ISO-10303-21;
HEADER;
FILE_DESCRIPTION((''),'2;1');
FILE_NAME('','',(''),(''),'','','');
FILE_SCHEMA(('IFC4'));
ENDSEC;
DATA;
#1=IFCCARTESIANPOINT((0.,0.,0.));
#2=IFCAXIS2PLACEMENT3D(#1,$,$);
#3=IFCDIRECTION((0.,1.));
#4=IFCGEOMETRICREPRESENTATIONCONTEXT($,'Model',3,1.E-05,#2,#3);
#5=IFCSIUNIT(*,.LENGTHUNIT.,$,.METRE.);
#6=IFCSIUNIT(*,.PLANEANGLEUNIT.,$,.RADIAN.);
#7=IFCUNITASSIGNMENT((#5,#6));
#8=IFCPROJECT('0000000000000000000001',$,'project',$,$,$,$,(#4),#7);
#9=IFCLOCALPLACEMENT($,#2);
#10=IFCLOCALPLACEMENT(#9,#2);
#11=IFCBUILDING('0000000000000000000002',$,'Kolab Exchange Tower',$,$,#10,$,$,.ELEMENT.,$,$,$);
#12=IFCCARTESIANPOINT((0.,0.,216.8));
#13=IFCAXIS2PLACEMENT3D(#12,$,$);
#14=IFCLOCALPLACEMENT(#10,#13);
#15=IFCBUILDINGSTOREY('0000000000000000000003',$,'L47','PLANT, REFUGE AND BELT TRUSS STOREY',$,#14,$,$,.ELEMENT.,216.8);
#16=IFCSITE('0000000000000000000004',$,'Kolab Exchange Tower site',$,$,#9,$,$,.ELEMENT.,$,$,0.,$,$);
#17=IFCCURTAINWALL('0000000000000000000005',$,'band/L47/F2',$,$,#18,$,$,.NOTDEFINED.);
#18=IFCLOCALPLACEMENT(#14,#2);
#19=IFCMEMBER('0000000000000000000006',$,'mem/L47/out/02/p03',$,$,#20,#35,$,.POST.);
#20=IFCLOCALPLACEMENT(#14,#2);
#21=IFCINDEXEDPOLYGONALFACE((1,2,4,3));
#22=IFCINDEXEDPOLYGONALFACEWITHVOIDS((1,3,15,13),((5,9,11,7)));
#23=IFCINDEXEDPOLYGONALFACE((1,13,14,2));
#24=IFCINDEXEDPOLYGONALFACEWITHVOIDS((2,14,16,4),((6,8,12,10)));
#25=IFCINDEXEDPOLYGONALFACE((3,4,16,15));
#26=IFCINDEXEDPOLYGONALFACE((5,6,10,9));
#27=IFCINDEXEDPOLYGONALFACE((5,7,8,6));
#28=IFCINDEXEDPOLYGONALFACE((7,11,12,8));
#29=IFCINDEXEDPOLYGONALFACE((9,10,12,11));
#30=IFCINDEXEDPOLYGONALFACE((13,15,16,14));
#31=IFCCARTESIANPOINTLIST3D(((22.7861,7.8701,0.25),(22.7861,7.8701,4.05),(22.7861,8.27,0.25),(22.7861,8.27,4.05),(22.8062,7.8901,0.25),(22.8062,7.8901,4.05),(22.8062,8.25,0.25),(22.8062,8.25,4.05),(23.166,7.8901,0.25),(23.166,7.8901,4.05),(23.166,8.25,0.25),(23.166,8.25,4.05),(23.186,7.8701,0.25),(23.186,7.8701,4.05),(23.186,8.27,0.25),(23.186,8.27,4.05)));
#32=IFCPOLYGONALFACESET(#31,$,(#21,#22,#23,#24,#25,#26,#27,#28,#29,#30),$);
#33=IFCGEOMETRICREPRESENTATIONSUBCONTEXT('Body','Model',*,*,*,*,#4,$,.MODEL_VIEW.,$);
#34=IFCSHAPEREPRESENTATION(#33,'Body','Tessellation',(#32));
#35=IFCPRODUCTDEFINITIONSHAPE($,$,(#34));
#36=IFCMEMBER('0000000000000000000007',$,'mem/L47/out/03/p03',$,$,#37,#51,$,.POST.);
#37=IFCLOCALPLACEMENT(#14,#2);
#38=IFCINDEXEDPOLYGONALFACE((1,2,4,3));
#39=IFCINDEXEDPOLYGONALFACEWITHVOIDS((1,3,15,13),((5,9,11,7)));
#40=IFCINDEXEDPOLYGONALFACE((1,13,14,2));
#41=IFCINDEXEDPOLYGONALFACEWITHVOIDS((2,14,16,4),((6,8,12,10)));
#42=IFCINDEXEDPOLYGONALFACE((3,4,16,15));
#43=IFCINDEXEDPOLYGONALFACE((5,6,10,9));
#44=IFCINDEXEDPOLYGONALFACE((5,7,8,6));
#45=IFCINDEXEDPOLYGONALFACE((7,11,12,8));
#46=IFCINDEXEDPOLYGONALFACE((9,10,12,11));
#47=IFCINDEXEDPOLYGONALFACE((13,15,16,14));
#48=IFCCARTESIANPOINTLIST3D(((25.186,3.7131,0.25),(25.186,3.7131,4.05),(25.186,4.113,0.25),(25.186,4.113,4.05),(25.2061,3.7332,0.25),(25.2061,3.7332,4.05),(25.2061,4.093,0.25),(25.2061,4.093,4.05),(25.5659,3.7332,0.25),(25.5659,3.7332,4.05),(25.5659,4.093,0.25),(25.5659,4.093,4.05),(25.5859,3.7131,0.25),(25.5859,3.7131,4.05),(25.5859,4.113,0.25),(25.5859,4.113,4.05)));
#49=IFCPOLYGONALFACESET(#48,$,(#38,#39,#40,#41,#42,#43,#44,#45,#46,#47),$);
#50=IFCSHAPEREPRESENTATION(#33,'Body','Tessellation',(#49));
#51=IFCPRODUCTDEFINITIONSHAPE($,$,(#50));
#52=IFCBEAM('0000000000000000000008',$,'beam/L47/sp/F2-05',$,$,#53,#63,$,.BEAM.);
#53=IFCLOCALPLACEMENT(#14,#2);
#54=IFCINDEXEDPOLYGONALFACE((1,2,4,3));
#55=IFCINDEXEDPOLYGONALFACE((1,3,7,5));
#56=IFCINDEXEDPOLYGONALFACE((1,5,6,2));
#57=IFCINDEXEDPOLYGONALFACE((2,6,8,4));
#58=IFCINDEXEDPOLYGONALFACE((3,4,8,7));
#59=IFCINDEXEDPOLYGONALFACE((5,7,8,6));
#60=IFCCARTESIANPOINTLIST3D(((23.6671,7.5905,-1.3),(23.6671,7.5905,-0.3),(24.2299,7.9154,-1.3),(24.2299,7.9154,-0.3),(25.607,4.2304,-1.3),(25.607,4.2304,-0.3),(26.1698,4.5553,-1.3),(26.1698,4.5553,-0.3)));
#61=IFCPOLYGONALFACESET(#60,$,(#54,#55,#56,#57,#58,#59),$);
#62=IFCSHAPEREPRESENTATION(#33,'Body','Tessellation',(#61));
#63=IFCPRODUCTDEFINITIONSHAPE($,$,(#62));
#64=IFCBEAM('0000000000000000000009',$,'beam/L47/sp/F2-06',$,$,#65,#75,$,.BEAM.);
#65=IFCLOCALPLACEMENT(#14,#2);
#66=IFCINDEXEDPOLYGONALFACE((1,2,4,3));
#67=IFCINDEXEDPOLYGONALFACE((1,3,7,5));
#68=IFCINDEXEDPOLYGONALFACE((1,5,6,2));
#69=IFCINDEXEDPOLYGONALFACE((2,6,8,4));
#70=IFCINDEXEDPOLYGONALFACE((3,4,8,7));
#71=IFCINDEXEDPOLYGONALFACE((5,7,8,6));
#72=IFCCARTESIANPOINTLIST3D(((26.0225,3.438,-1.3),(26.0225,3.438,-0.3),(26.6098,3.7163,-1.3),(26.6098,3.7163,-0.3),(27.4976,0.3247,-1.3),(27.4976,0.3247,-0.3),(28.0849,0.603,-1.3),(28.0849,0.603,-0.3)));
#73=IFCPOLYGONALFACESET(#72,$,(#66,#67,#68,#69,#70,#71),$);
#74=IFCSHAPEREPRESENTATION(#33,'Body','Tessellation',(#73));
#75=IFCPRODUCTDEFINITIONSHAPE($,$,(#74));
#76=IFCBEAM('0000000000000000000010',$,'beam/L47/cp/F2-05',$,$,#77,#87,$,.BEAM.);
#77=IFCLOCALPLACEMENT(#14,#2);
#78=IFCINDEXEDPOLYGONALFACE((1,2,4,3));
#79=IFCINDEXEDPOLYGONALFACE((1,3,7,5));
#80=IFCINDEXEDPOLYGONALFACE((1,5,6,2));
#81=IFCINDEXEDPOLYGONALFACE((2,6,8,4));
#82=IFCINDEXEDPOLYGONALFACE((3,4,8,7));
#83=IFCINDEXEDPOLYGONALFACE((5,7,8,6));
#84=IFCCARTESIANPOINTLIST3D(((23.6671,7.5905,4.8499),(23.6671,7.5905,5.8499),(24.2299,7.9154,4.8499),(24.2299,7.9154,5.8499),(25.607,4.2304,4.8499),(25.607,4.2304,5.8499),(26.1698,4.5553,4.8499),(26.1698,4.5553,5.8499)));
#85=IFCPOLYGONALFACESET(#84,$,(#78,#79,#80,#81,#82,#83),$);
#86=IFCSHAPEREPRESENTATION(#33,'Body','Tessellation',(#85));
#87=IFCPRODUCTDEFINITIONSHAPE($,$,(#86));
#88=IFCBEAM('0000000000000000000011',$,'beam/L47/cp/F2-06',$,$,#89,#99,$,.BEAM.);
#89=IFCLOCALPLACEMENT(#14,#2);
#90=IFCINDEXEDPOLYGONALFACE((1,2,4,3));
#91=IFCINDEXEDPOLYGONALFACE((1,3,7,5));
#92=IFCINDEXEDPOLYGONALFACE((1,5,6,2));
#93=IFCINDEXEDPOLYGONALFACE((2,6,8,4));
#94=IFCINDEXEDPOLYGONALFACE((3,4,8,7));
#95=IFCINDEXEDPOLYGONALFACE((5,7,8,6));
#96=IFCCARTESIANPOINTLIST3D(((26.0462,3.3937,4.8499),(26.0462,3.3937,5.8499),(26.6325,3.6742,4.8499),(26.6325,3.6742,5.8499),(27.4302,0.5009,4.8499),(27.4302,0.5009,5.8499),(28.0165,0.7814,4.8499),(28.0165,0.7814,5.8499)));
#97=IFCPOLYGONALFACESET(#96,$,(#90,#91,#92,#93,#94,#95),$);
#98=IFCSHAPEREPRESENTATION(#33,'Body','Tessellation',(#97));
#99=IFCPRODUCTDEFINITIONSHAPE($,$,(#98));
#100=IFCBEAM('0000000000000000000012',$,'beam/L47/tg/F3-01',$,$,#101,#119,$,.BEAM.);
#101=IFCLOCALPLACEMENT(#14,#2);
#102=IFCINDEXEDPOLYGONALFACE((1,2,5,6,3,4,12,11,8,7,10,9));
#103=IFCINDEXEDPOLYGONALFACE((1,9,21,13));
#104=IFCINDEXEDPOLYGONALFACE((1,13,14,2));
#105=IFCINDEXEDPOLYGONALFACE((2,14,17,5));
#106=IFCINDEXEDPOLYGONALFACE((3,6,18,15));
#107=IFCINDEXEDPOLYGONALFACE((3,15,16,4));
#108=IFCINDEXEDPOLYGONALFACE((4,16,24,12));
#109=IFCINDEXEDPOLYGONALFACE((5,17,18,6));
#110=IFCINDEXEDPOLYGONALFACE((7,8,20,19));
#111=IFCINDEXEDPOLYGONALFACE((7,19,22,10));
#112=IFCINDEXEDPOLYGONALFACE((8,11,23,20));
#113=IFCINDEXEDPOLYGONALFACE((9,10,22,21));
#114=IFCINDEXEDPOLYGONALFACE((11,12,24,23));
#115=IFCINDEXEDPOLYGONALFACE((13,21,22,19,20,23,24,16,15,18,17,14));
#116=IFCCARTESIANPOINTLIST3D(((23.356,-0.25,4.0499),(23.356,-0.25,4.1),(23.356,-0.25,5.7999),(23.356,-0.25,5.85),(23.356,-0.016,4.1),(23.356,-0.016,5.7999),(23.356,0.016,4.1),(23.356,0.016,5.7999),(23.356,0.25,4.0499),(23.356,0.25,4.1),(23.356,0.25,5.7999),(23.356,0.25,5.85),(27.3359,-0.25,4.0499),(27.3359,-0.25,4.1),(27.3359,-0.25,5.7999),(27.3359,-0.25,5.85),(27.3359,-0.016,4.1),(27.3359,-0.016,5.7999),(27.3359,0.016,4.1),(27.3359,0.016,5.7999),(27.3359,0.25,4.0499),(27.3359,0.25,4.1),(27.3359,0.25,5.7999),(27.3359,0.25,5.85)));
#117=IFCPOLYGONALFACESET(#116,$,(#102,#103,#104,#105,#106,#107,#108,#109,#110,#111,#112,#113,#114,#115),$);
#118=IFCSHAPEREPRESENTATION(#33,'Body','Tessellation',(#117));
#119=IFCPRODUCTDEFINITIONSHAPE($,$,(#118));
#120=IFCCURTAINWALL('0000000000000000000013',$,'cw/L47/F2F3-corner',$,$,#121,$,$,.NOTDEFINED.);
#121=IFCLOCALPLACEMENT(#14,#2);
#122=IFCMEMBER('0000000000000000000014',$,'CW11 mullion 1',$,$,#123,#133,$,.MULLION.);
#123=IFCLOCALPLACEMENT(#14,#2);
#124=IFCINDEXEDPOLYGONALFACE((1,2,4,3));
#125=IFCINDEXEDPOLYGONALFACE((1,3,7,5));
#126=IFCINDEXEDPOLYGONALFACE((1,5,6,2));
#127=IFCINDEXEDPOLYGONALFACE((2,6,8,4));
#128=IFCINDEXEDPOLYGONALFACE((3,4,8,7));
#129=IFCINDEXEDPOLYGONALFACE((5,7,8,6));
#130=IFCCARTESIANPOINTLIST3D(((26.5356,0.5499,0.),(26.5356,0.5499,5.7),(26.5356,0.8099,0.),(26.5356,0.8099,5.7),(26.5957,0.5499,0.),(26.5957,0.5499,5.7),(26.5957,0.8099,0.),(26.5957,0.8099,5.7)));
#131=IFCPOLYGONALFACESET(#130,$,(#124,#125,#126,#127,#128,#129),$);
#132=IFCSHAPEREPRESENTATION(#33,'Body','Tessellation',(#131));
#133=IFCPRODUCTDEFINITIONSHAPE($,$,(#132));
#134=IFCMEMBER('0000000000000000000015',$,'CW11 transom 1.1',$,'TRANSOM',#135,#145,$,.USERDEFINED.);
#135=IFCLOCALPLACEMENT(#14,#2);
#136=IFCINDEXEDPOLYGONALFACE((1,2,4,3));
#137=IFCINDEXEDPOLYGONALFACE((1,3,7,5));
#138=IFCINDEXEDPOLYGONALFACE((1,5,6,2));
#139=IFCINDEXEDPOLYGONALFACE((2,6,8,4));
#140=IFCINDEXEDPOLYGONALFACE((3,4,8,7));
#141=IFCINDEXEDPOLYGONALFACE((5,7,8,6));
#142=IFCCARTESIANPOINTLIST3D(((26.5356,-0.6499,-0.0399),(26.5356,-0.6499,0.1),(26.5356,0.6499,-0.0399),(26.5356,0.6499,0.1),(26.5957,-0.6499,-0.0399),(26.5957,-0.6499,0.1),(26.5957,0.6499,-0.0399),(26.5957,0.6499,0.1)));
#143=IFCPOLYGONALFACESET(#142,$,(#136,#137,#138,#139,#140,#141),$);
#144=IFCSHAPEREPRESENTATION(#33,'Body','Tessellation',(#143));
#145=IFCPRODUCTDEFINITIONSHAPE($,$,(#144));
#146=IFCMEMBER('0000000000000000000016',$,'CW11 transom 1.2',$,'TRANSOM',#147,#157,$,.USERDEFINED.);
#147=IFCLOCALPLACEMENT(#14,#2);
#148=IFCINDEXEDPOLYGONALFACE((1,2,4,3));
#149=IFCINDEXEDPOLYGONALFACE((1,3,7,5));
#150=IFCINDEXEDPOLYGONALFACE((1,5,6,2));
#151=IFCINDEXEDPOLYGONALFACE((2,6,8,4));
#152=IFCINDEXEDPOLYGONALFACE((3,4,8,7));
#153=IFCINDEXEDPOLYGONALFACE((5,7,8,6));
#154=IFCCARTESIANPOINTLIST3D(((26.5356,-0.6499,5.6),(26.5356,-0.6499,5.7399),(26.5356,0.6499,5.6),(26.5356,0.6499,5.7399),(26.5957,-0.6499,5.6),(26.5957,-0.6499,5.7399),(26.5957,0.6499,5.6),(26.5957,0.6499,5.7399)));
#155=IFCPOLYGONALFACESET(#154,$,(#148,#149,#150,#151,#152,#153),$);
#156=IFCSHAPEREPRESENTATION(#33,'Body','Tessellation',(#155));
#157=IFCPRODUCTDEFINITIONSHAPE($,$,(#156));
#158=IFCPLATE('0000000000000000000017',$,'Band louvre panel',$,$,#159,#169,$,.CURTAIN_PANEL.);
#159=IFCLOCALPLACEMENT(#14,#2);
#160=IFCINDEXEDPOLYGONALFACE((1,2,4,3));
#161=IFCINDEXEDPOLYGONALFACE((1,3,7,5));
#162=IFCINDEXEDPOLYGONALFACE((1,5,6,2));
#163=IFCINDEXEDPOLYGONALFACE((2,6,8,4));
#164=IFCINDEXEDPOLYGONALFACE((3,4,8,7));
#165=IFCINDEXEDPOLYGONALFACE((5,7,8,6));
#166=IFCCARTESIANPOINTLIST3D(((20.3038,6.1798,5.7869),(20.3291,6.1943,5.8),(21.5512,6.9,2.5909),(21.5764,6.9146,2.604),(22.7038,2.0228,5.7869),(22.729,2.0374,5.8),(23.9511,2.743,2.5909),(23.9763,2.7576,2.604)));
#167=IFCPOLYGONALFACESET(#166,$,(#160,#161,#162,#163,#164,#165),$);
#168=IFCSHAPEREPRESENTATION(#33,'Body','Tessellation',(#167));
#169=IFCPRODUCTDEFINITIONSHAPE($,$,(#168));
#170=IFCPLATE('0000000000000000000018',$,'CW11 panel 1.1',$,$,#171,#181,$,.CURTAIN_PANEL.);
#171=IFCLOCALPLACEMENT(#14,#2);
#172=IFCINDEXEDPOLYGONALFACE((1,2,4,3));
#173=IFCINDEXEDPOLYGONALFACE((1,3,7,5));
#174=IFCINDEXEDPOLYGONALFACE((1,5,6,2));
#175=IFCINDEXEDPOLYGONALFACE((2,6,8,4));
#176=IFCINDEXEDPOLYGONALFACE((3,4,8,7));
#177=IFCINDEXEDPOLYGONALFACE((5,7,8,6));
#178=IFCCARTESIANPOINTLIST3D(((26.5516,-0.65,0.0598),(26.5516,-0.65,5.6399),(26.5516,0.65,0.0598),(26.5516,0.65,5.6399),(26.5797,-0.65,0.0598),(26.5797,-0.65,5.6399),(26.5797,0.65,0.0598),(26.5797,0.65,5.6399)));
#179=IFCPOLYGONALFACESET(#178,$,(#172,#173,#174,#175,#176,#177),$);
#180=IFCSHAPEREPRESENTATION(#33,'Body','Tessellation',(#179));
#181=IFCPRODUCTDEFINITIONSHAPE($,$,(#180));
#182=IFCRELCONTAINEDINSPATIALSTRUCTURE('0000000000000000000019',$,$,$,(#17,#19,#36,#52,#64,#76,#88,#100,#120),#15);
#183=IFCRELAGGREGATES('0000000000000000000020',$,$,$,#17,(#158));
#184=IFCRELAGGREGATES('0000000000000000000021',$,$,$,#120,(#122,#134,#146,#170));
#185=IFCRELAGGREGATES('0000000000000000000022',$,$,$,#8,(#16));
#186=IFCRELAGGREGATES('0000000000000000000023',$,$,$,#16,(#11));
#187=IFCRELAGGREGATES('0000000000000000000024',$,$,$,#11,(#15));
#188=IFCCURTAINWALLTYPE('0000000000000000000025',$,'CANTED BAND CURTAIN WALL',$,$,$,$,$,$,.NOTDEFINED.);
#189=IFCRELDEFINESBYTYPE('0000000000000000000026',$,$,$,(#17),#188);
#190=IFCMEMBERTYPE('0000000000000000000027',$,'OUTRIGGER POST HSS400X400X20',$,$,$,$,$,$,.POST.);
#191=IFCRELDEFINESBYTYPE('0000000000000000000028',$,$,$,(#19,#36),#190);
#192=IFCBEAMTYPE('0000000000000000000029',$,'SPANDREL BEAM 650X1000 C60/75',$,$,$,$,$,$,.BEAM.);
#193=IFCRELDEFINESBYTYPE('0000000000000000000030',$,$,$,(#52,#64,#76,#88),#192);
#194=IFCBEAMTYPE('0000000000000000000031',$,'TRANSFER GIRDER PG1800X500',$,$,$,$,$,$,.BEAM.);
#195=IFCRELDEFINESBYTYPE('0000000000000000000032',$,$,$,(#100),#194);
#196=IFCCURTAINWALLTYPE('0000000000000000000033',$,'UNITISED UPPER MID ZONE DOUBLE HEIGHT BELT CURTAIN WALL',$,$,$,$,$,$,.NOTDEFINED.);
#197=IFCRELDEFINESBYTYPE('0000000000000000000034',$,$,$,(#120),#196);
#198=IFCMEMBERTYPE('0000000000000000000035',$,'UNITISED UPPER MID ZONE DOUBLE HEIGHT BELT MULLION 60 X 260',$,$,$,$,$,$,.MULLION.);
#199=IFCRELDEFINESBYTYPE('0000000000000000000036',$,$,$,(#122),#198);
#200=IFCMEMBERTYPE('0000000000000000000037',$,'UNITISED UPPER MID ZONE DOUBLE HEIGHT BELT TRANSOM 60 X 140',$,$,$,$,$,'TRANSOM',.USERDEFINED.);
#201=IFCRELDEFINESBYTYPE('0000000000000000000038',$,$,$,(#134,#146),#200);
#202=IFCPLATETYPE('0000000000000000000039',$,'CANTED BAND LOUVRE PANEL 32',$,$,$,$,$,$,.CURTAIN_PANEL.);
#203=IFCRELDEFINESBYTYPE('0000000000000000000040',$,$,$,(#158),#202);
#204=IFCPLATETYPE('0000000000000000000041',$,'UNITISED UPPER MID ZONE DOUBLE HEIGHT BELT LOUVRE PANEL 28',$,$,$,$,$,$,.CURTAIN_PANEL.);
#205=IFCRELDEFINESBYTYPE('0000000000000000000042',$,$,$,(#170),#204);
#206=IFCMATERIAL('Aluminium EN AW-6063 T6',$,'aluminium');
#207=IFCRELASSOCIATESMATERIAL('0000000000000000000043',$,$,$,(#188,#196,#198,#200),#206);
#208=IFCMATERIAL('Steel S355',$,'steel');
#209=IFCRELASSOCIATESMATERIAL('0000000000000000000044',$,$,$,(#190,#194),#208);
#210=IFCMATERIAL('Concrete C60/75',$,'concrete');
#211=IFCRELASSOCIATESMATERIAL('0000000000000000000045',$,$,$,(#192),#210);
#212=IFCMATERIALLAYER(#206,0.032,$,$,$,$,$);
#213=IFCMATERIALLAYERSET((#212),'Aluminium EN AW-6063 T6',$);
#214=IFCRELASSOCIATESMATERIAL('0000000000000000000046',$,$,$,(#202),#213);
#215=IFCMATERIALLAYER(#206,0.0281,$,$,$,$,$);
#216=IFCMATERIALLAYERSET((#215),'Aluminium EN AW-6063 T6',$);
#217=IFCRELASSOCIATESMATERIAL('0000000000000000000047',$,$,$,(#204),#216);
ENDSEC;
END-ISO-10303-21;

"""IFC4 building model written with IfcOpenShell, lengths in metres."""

from ifc_helpers import new_model, si_unit, direction, frame, origin, origin_2d, place, context, subcontext, project, spatial, polyline, rectangle, hollow_rectangle, i_section, outline, extrude, material, layer, layer_set, material_profile, profile_set, type_object, element, aggregate, save


model = new_model("IFC4")

# Units and contexts
model_context = context("Model", 3, precision=1e-05, world=origin(), true_north=direction((0.0, 1.0)))
body_context = subcontext(model_context, "Body", "Model", "MODEL_VIEW")
ifc_project = project(units=[si_unit("LENGTHUNIT", "METRE"), si_unit("PLANEANGLEUNIT", "RADIAN")], contexts=[model_context])

# Site, building, storey
site_placement = place(None, origin())
site = spatial("IfcSite", under=ifc_project, at=site_placement, Name="Kolab Exchange Tower site", CompositionType="ELEMENT", RefElevation=0.0)
building_placement = place(site_placement, origin())
building = spatial("IfcBuilding", under=site, at=building_placement, Name="Kolab Exchange Tower", CompositionType="ELEMENT")
storey_placement = place(building_placement, frame((0.0, 0.0, 216.8)))
storey = spatial("IfcBuildingStorey", under=building, at=storey_placement, Name="L47", Description="PLANT, REFUGE AND BELT TRUSS STOREY", CompositionType="ELEMENT", Elevation=216.8)

# Shared definitions
ifc_material_1 = material(Name="Concrete C60/75", Category="concrete")

# Shared definitions
ifc_material_2 = material(Name="Steel S355", Category="steel")

# Curtain wall
ifc_material_3 = material(Name="Aluminium EN AW-6063 T6", Category="aluminium")
curtain_wall_type_1 = type_object("IfcCurtainWallType", Name="CANTED BAND CURTAIN WALL", PredefinedType="NOTDEFINED", material=ifc_material_3)
curtain_wall_1_placement = place(storey_placement, origin())
curtain_wall_1 = element("IfcCurtainWall", 1, at=curtain_wall_1_placement, inside=storey, type_object=curtain_wall_type_1, Name="band/L47/F2", PredefinedType="NOTDEFINED")

# Members
ifc_material_profile_1 = material_profile(ifc_material_2, hollow_rectangle(XDim=0.3999, YDim=0.3999, WallThickness=0.02, at=origin_2d()), Name="HSS400X400X20")
ifc_profile_set_1 = profile_set([ifc_material_profile_1], Name="Steel S355")
member_type_1 = type_object("IfcMemberType", Name="OUTRIGGER POST HSS400X400X20", PredefinedType="POST", material=ifc_profile_set_1)
for number, where, z_axis, x_axis, name in (
    (2, (22.9861, 8.0701, 0.25), (0.0, 0.0, 1.0), (1.0, 0.0, 0.0), "mem/L47/out/02/p03"),
    (3, (25.386, 3.9131, 0.25), (0.0, 0.0, 1.0), (1.0, 0.0, 0.0), "mem/L47/out/03/p03"),
):
    element("IfcMember", number, at=place(storey_placement, frame(where, z_axis=z_axis, x_axis=x_axis)), inside=storey, type_object=member_type_1, Name=name, PredefinedType="POST", context=body_context, shape_type="SweptSolid", body=[
        extrude(hollow_rectangle(XDim=0.3999, YDim=0.3999, WallThickness=0.02, at=origin_2d()), origin(), (0.0, 0.0, 1.0), 3.8),
    ])

# Beams
ifc_material_profile_2 = material_profile(ifc_material_1, rectangle(XDim=0.6499, YDim=1.0, at=origin_2d()), Name="RC650X1000")
ifc_profile_set_2 = profile_set([ifc_material_profile_2], Name="Concrete C60/75")
beam_type_1 = type_object("IfcBeamType", Name="SPANDREL BEAM 650X1000 C60/75", PredefinedType="BEAM", material=ifc_profile_set_2)
beam_1_placement = place(storey_placement, frame((23.9485, 7.7529, -0.8), z_axis=(0.499997, -0.866027, 0.0), x_axis=(0.866027, 0.499997, 0.0)))
element("IfcBeam", 4, at=beam_1_placement, inside=storey, type_object=beam_type_1, Name="beam/L47/sp/F2-05", PredefinedType="BEAM", context=body_context, shape_type="SweptSolid", body=[
    extrude(rectangle(XDim=0.6499, YDim=1.0, at=origin_2d()), origin(), (0.0, 0.0, 1.0), 3.8799),
])
beam_2_placement = place(storey_placement, frame((26.3162, 3.5771, -0.8), z_axis=(0.428178, -0.903695, 0.0), x_axis=(0.903695, 0.428178, 0.0)))
element("IfcBeam", 5, at=beam_2_placement, inside=storey, type_object=beam_type_1, Name="beam/L47/sp/F2-06", PredefinedType="BEAM", context=body_context, shape_type="SweptSolid", body=[
    extrude(rectangle(XDim=0.6499, YDim=1.0, at=origin_2d()), origin(), (0.0, 0.0, 1.0), 3.4451),
])
beam_3_placement = place(storey_placement, frame((23.9485, 7.7529, 5.3499), z_axis=(0.499997, -0.866027, 0.0), x_axis=(0.866027, 0.499997, 0.0)))
element("IfcBeam", 6, at=beam_3_placement, inside=storey, type_object=beam_type_1, Name="beam/L47/cp/F2-05", PredefinedType="BEAM", context=body_context, shape_type="SweptSolid", body=[
    extrude(rectangle(XDim=0.6499, YDim=1.0, at=origin_2d()), origin(), (0.0, 0.0, 1.0), 3.8799),
])
beam_4_placement = place(storey_placement, frame((26.3394, 3.5339, 5.3499), z_axis=(0.431585, -0.902072, 0.0), x_axis=(0.902072, 0.431585, 0.0)))
element("IfcBeam", 7, at=beam_4_placement, inside=storey, type_object=beam_type_1, Name="beam/L47/cp/F2-06", PredefinedType="BEAM", context=body_context, shape_type="SweptSolid", body=[
    extrude(rectangle(XDim=0.6499, YDim=1.0, at=origin_2d()), origin(), (0.0, 0.0, 1.0), 3.2068),
])
ifc_material_profile_3 = material_profile(ifc_material_2, i_section(OverallWidth=0.5, OverallDepth=1.8, WebThickness=0.032, FlangeThickness=0.05, at=origin_2d()), Name="PG1800X500")
ifc_profile_set_3 = profile_set([ifc_material_profile_3], Name="Steel S355")
beam_type_2 = type_object("IfcBeamType", Name="TRANSFER GIRDER PG1800X500", PredefinedType="BEAM", material=ifc_profile_set_3)
beam_5_placement = place(storey_placement, frame((23.356, 0.0, 4.95), z_axis=(1.0, 0.0, 0.0), x_axis=(0.0, 1.0, 0.0)))
element("IfcBeam", 8, at=beam_5_placement, inside=storey, type_object=beam_type_2, Name="beam/L47/tg/F3-01", PredefinedType="BEAM", context=body_context, shape_type="SweptSolid", body=[
    extrude(i_section(OverallWidth=0.5, OverallDepth=1.8, WebThickness=0.032, FlangeThickness=0.05, at=origin_2d()), origin(), (0.0, 0.0, 1.0), 3.98),
])

# Curtain wall, members
curtain_wall_type_2 = type_object("IfcCurtainWallType", Name="UNITISED UPPER MID ZONE DOUBLE HEIGHT BELT CURTAIN WALL", PredefinedType="NOTDEFINED", material=ifc_material_3)
curtain_wall_2_placement = place(storey_placement, origin())
curtain_wall_2 = element("IfcCurtainWall", 9, at=curtain_wall_2_placement, inside=storey, type_object=curtain_wall_type_2, Name="cw/L47/F2F3-corner", PredefinedType="NOTDEFINED")
ifc_material_profile_4 = material_profile(ifc_material_3, rectangle(XDim=0.0601, YDim=0.26, at=origin_2d()), Name="RECT 60X260")
ifc_profile_set_4 = profile_set([ifc_material_profile_4], Name="Aluminium EN AW-6063 T6")
member_type_2 = type_object("IfcMemberType", Name="UNITISED UPPER MID ZONE DOUBLE HEIGHT BELT MULLION 60 X 260", PredefinedType="MULLION", material=ifc_profile_set_4)
member_1_placement = place(storey_placement, frame((26.5657, 0.6799, 0.0), z_axis=(0.0, 0.0, 1.0), x_axis=(1.0, 0.0, 0.0)))
member_1 = element("IfcMember", 10, at=member_1_placement, type_object=member_type_2, Name="CW11 mullion 1", PredefinedType="MULLION", context=body_context, shape_type="SweptSolid", body=[
    extrude(rectangle(XDim=0.0601, YDim=0.26, at=origin_2d()), origin(), (0.0, 0.0, 1.0), 5.7),
])
ifc_material_profile_5 = material_profile(ifc_material_3, rectangle(XDim=0.0601, YDim=0.1399, at=origin_2d()), Name="RECT 60X140")
ifc_profile_set_5 = profile_set([ifc_material_profile_5], Name="Aluminium EN AW-6063 T6")
member_type_3 = type_object("IfcMemberType", Name="UNITISED UPPER MID ZONE DOUBLE HEIGHT BELT TRANSOM 60 X 140", ElementType="TRANSOM", PredefinedType="USERDEFINED", material=ifc_profile_set_5)
member_2_placement = place(storey_placement, frame((26.5657, 0.6499, 0.03), z_axis=(0.0, -1.0, 0.0), x_axis=(1.0, 0.0, 0.0)))
member_2 = element("IfcMember", 11, at=member_2_placement, type_object=member_type_3, Name="CW11 transom 1.1", ObjectType="TRANSOM", PredefinedType="USERDEFINED", context=body_context, shape_type="SweptSolid", body=[
    extrude(rectangle(XDim=0.0601, YDim=0.1399, at=origin_2d()), origin(), (0.0, 0.0, 1.0), 1.2998),
])
member_3_placement = place(storey_placement, frame((26.5657, 0.6499, 5.6699), z_axis=(0.0, -1.0, 0.0), x_axis=(1.0, 0.0, 0.0)))
member_3 = element("IfcMember", 12, at=member_3_placement, type_object=member_type_3, Name="CW11 transom 1.2", ObjectType="TRANSOM", PredefinedType="USERDEFINED", context=body_context, shape_type="SweptSolid", body=[
    extrude(rectangle(XDim=0.0601, YDim=0.1399, at=origin_2d()), origin(), (0.0, 0.0, 1.0), 1.2998),
])

# Plates
ifc_layer_1 = layer(ifc_material_3, 0.032)
ifc_layer_set_1 = layer_set([ifc_layer_1], Name="Aluminium EN AW-6063 T6")
plate_type_1 = type_object("IfcPlateType", Name="CANTED BAND LOUVRE PANEL 32", PredefinedType="CURTAIN_PANEL", material=ifc_layer_set_1)
plate_1_placement = place(storey_placement, frame((21.5764, 6.9146, 2.604), z_axis=(0.789564, 0.45583, 0.410861), x_axis=(0.499979, -0.866037, 0.0)))
plate_1 = element("IfcPlate", 13, at=plate_1_placement, type_object=plate_type_1, Name="Band louvre panel", PredefinedType="CURTAIN_PANEL", context=body_context, shape_type="SweptSolid", body=[
    extrude(outline(polyline([(0.0, 0.0), (4.8, 0.0), (4.8001, -3.5056), (0.0001, -3.5056), (0.0, 0.0)])), origin(), (0.0, 0.0, -1.0), 0.032),
])
aggregate(curtain_wall_1, [plate_1])
ifc_layer_2 = layer(ifc_material_3, 0.0281)
ifc_layer_set_2 = layer_set([ifc_layer_2], Name="Aluminium EN AW-6063 T6")
plate_type_2 = type_object("IfcPlateType", Name="UNITISED UPPER MID ZONE DOUBLE HEIGHT BELT LOUVRE PANEL 28", PredefinedType="CURTAIN_PANEL", material=ifc_layer_set_2)
plate_2_placement = place(storey_placement, frame((26.5657, 0.0, 0.0598), z_axis=(0.0, 0.0, 1.0), x_axis=(0.0, -1.0, 0.0)))
plate_2 = element("IfcPlate", 14, at=plate_2_placement, type_object=plate_type_2, Name="CW11 panel 1.1", PredefinedType="CURTAIN_PANEL", context=body_context, shape_type="SweptSolid", body=[
    extrude(rectangle(XDim=1.3, YDim=0.0281, at=origin_2d()), origin(), (0.0, 0.0, 1.0), 5.5801),
])
aggregate(curtain_wall_2, [member_1, member_2, member_3, plate_2])

save(model, "model.ifc")
